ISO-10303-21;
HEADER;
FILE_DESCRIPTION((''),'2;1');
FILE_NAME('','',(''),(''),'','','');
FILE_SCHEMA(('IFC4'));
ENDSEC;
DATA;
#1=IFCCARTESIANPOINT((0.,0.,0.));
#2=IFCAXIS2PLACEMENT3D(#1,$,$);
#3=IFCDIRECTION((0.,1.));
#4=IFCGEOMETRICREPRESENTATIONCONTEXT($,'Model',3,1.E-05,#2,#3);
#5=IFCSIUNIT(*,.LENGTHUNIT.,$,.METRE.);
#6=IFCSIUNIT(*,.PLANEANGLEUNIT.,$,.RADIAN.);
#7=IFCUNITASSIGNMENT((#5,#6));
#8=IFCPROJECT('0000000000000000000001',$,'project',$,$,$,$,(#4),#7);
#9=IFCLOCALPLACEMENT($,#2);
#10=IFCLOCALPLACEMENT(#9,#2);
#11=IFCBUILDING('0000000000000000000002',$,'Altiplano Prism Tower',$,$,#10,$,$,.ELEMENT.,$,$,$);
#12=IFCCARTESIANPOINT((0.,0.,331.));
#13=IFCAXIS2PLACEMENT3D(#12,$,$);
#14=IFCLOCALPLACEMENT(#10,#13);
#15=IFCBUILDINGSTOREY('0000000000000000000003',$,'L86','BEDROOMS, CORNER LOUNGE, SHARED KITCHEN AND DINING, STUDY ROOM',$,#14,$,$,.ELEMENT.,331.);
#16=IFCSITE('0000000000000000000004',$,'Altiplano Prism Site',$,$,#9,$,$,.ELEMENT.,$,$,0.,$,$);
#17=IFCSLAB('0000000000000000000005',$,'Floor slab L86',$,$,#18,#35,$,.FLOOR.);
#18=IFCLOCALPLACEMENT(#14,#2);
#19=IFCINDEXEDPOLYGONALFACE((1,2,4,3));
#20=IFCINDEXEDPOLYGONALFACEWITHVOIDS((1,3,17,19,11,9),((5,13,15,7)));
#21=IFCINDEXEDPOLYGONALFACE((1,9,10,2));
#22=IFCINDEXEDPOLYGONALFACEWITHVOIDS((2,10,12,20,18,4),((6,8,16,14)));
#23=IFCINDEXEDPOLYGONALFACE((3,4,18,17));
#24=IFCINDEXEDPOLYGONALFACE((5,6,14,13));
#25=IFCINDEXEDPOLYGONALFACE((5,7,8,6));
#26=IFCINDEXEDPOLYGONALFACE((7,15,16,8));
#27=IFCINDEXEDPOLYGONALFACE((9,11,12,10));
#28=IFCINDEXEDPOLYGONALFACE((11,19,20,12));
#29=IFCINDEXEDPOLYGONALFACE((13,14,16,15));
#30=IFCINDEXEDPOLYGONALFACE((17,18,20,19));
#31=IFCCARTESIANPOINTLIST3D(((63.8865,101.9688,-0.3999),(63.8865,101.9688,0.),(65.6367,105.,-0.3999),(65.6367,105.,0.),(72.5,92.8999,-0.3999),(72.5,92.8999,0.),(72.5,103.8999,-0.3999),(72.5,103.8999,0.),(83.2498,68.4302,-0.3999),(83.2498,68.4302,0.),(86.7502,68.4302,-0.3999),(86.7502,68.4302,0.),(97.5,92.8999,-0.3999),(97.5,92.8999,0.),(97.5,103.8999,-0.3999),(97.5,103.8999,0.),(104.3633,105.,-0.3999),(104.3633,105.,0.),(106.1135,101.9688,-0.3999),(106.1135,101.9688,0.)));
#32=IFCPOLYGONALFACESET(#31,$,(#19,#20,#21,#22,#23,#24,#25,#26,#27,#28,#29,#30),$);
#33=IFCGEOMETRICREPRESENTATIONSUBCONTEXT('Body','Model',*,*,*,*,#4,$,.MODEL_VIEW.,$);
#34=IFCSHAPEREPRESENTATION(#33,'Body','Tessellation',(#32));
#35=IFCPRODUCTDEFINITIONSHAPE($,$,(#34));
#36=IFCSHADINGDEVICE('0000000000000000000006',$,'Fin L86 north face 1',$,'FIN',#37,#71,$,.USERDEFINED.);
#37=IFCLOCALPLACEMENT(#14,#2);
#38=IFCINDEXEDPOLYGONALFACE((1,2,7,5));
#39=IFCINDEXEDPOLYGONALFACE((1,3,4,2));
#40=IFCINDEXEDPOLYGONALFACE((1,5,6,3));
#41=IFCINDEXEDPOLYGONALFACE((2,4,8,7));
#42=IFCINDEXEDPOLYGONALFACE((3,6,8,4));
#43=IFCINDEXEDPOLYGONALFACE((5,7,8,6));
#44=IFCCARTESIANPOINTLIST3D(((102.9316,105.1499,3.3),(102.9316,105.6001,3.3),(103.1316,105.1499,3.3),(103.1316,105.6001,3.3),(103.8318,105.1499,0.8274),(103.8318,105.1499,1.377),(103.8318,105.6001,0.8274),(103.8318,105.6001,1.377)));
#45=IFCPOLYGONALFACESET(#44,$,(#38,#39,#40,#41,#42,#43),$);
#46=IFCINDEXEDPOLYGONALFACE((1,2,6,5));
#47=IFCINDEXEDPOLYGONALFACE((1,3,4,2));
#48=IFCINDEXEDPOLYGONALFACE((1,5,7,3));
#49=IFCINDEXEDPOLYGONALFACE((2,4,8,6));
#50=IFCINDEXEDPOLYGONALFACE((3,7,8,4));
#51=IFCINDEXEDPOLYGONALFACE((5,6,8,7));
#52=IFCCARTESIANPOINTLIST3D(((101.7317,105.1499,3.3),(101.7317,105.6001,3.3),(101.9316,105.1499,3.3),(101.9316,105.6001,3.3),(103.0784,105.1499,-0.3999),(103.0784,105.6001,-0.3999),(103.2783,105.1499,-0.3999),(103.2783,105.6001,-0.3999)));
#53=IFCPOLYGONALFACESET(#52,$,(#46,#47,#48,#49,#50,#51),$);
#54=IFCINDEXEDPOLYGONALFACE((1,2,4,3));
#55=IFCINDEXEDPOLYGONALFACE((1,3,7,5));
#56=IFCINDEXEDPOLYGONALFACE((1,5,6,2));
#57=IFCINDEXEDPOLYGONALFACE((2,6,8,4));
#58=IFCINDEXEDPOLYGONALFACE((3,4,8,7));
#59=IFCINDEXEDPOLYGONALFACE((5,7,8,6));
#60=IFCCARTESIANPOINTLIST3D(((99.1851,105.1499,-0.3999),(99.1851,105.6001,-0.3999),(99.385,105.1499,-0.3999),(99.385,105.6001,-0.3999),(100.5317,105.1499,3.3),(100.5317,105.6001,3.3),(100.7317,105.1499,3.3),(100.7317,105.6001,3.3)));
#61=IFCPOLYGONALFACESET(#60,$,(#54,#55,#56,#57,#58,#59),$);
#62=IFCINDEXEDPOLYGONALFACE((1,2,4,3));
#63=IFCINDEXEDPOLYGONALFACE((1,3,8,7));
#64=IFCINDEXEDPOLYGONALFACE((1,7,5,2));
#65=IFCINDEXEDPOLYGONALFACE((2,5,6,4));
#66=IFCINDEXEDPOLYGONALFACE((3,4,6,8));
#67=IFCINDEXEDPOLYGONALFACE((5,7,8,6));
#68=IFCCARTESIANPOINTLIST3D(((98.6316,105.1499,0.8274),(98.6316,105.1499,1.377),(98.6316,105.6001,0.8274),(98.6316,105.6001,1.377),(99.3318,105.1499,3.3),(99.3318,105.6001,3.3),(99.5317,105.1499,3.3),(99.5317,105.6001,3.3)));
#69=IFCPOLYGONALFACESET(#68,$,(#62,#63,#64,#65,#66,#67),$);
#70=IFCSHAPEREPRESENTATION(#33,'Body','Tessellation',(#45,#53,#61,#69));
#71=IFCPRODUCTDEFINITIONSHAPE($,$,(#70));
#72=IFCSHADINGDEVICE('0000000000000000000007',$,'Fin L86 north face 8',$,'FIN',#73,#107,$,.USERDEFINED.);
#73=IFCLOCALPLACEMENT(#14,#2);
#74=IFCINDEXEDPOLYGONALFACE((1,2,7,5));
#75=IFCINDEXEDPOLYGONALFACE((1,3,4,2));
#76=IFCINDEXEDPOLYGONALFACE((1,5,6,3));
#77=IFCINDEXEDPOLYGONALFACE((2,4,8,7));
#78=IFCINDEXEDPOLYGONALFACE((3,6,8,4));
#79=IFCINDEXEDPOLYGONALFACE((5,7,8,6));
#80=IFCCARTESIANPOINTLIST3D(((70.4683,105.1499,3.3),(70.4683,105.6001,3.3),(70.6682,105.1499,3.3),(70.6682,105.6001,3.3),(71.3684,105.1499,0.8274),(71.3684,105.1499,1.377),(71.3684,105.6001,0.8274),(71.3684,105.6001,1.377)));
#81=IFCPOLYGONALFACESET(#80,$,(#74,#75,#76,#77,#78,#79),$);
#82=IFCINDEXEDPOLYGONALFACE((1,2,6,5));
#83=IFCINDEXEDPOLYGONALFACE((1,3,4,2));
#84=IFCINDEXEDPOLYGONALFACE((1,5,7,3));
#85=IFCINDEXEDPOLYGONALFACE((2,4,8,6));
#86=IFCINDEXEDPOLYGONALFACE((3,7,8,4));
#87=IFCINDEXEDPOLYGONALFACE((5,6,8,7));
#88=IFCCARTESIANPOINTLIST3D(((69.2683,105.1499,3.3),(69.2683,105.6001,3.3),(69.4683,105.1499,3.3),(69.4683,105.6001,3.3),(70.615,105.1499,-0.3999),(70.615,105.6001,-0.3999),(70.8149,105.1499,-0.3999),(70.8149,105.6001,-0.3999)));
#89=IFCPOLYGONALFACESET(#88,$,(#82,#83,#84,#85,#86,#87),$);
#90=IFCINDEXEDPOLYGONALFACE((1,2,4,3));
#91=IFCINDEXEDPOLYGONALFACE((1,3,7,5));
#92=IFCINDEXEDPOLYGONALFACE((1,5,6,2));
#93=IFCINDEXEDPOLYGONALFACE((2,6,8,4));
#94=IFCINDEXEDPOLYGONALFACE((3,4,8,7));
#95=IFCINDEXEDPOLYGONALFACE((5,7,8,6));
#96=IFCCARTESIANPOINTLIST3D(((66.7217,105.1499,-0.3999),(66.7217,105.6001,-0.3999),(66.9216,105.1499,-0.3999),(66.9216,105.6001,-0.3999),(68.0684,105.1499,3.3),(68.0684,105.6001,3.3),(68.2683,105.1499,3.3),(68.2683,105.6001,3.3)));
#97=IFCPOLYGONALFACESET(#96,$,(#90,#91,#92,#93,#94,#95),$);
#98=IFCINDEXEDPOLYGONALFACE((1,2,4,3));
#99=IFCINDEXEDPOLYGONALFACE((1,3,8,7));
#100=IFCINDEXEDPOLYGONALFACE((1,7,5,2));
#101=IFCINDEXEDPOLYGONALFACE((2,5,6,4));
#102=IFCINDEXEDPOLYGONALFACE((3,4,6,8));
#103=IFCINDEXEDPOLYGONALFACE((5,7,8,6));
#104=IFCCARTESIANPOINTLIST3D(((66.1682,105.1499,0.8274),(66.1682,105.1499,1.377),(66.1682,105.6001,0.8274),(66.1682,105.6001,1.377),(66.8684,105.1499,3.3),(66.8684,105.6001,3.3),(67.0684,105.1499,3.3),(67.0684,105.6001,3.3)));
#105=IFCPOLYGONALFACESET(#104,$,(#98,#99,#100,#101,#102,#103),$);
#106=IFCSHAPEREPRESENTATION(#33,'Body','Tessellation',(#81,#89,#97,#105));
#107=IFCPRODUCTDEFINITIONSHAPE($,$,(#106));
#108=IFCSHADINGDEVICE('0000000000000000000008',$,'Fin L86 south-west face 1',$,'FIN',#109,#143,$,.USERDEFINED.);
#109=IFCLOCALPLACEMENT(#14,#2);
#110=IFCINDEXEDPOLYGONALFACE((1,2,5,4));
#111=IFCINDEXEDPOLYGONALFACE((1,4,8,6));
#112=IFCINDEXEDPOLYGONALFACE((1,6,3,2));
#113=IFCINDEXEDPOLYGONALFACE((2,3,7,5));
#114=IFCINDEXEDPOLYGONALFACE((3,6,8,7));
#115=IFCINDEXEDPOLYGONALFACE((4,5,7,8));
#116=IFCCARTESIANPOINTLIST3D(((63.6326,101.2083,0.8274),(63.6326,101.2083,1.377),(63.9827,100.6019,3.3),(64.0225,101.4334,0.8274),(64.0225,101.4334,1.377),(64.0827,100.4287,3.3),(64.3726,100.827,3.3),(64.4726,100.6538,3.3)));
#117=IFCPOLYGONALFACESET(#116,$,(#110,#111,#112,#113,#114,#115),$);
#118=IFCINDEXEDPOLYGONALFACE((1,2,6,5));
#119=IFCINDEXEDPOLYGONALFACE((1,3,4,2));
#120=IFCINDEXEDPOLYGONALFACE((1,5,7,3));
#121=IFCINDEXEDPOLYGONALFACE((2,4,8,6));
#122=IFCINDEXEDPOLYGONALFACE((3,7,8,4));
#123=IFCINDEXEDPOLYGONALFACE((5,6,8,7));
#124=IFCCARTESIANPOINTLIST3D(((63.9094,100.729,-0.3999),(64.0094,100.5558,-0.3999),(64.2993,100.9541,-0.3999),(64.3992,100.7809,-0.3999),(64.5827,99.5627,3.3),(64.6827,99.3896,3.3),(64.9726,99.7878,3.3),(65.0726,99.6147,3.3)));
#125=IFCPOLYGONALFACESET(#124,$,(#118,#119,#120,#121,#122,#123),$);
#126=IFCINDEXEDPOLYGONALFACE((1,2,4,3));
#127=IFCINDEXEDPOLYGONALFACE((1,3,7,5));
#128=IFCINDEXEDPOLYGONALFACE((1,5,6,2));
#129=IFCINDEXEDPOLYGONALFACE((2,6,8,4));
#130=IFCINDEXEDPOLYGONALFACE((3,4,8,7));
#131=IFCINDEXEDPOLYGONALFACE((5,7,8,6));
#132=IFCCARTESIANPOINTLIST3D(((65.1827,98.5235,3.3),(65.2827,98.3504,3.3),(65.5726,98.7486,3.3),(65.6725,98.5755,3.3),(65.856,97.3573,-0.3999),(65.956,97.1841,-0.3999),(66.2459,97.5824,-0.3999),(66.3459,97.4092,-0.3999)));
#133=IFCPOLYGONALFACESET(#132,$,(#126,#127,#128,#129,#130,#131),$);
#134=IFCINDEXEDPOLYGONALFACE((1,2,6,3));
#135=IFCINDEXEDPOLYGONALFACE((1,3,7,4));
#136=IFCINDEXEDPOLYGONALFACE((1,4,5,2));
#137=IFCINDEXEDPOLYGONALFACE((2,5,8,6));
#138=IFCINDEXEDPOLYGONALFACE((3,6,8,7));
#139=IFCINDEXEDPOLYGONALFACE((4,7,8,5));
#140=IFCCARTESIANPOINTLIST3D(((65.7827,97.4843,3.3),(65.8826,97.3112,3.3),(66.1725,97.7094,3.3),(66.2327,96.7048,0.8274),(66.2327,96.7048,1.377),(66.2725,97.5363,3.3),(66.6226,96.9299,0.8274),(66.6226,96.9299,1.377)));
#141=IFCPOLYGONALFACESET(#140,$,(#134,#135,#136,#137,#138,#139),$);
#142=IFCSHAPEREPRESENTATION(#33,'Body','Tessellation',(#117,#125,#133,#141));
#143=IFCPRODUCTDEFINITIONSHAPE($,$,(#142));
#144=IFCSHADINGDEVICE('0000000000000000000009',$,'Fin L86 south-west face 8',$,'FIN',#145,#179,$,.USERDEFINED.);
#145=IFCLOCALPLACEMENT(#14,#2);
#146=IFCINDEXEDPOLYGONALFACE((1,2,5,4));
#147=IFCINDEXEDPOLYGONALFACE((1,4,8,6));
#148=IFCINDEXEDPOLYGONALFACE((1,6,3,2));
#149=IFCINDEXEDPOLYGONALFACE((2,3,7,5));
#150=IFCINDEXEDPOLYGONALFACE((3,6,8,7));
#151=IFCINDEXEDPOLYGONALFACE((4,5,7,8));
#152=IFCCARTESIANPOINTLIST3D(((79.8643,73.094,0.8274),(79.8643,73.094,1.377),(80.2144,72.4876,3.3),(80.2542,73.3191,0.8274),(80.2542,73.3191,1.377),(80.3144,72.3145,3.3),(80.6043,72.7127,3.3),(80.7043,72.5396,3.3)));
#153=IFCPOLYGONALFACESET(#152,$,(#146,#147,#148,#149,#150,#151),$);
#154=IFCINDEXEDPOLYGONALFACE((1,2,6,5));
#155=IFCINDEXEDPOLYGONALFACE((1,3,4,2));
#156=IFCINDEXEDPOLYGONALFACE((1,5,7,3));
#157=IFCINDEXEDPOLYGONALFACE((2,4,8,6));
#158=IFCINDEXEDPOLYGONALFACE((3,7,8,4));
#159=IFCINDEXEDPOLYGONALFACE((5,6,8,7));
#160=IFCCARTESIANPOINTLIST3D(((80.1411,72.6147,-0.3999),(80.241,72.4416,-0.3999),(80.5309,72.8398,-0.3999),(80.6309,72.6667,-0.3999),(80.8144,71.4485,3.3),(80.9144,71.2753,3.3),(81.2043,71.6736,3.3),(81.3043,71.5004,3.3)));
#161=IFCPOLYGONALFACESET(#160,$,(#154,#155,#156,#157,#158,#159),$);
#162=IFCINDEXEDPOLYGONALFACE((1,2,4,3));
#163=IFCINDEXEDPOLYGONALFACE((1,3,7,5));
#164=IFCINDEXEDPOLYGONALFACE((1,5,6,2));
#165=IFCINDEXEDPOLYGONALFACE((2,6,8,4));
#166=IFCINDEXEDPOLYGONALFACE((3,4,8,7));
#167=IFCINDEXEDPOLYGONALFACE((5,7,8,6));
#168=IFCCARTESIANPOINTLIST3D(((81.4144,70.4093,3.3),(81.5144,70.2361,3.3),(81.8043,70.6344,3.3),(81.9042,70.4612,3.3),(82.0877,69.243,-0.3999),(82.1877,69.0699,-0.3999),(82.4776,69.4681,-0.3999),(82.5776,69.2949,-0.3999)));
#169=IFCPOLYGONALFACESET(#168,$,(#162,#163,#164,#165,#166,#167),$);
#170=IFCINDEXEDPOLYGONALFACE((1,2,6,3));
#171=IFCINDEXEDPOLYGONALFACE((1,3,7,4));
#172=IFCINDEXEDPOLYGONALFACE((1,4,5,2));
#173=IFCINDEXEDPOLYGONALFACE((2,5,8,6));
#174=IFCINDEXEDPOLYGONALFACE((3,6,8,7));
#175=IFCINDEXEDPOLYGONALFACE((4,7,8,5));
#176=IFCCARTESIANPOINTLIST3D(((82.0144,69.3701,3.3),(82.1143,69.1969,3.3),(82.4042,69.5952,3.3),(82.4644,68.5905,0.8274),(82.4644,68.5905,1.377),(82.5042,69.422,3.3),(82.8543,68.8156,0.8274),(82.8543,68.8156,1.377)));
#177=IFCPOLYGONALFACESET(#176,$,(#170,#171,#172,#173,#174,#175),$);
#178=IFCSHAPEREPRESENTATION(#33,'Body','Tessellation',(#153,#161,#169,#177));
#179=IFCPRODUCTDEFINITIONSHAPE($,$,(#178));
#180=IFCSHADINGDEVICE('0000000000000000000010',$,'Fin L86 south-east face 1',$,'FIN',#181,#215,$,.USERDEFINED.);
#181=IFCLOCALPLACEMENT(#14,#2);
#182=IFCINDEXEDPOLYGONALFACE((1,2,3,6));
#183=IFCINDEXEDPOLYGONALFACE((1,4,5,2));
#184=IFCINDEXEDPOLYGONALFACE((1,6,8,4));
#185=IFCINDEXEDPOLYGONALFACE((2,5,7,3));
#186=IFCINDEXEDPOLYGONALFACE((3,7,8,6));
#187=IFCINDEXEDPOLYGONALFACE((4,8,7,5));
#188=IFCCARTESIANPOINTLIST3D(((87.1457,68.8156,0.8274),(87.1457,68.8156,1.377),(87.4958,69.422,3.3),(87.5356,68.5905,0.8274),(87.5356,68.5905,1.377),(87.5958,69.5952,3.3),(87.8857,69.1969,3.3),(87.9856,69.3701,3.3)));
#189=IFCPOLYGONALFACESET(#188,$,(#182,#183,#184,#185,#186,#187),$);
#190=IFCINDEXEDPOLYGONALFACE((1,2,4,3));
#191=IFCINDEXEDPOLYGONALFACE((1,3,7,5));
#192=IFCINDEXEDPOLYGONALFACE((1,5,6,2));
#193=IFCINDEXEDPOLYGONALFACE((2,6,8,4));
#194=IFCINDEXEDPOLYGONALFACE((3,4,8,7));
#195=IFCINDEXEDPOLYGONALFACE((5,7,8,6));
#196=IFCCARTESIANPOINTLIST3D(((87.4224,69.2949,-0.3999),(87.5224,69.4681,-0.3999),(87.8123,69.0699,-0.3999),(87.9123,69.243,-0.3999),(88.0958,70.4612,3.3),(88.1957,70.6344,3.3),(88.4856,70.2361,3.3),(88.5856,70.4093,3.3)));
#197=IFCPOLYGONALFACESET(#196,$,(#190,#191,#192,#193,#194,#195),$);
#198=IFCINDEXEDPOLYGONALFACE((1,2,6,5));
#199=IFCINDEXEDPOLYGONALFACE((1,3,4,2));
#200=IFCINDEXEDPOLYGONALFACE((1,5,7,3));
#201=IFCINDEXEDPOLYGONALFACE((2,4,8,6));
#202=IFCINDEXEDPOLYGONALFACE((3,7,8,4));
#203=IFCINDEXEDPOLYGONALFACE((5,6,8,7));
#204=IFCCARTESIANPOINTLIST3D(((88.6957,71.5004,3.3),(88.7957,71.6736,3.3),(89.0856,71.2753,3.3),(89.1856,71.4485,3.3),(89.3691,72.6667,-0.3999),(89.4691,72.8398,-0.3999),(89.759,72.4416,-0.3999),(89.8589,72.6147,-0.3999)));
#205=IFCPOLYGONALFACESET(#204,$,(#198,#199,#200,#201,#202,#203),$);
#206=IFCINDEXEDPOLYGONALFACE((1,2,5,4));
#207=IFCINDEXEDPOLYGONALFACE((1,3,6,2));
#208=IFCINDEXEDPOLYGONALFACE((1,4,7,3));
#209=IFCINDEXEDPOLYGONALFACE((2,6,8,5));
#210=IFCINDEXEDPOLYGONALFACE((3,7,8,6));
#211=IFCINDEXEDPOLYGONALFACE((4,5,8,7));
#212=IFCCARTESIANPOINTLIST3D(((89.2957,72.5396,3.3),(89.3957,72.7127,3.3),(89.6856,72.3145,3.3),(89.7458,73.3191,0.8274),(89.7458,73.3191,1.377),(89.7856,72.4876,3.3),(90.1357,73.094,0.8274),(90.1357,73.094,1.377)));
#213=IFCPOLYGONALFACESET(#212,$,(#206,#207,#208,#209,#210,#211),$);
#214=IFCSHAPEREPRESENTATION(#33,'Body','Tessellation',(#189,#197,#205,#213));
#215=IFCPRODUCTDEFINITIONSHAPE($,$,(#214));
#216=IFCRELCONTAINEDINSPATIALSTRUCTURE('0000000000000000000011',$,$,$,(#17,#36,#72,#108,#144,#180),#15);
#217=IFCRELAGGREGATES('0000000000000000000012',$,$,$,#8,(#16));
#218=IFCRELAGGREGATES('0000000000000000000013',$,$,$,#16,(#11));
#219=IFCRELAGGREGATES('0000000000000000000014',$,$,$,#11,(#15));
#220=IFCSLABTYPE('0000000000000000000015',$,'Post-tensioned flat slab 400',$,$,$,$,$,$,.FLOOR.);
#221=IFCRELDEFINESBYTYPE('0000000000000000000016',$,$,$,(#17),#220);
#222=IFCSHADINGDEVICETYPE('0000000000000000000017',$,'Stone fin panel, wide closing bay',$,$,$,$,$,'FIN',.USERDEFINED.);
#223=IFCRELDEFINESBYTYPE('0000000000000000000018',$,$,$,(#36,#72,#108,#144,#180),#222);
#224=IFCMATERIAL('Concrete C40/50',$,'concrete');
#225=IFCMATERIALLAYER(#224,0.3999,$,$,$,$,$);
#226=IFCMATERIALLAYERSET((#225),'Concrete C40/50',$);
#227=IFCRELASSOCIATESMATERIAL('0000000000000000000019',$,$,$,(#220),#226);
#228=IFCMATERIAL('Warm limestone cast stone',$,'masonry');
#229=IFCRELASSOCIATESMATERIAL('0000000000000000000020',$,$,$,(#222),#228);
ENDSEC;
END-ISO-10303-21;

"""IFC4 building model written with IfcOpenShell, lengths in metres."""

from ifc_helpers import new_model, si_unit, direction, frame, origin, place, context, subcontext, project, spatial, polyline, outline, extrude, source, transform, mapped, material, layer, layer_set, type_object, element, save


model = new_model("IFC4")

# Units and contexts
model_context = context("Model", 3, precision=1e-05, world=origin(), true_north=direction((0.0, 1.0)))
body_context = subcontext(model_context, "Body", "Model", "MODEL_VIEW")
ifc_project = project(units=[si_unit("LENGTHUNIT", "METRE"), si_unit("PLANEANGLEUNIT", "RADIAN")], contexts=[model_context])

# Site, building, storey
site_placement = place(None, origin())
site = spatial("IfcSite", under=ifc_project, at=site_placement, Name="Altiplano Prism Site", CompositionType="ELEMENT", RefElevation=0.0)
building_placement = place(site_placement, origin())
building = spatial("IfcBuilding", under=site, at=building_placement, Name="Altiplano Prism Tower", CompositionType="ELEMENT")
storey_placement = place(building_placement, frame((0.0, 0.0, 331.0)))
storey = spatial("IfcBuildingStorey", under=building, at=storey_placement, Name="L86", Description="BEDROOMS, CORNER LOUNGE, SHARED KITCHEN AND DINING, STUDY ROOM", CompositionType="ELEMENT", Elevation=331.0)

# Slab
ifc_material_1 = material(Name="Concrete C40/50", Category="concrete")
ifc_layer = layer(ifc_material_1, 0.3999)
ifc_layer_set = layer_set([ifc_layer], Name="Concrete C40/50")
slab_type = type_object("IfcSlabType", Name="Post-tensioned flat slab 400", PredefinedType="FLOOR", material=ifc_layer_set)
slab_placement = place(storey_placement, frame((0.0, 0.0, -0.3999)))
element("IfcSlab", 1, at=slab_placement, inside=storey, type_object=slab_type, Name="Floor slab L86", PredefinedType="FLOOR", context=body_context, shape_type="SweptSolid", body=[
    extrude(outline(polyline([(106.1135, 101.9688), (86.7502, 68.4302), (83.2498, 68.4302), (63.8865, 101.9688), (65.6367, 105.0), (104.3633, 105.0), (106.1135, 101.9688)]), holes=[polyline([(97.5, 92.8999), (97.5, 103.8999), (72.5, 103.8999), (72.5, 92.8999), (97.5, 92.8999)])]), origin(), (0.0, 0.0, 1.0), 0.3999),
])

# Shading devices
ifc_material_2 = material(Name="Warm limestone cast stone", Category="masonry")
shading_device_type_1 = type_object("IfcShadingDeviceType", Name="Stone fin panel, wide closing bay", ElementType="FIN", PredefinedType="USERDEFINED", material=ifc_material_2)
shared_shape_1 = source(origin(), body_context, "Body", "SweptSolid", [
    extrude(outline(polyline([(-2.6001, 1.2273), (-1.7, 3.7), (-1.8999, 3.7), (-2.6001, 1.7769), (-2.6001, 1.2273)])), frame((0.0, -0.1499, 0.0), z_axis=(0.0, -1.0, 0.0), x_axis=(1.0, 0.0, 0.0)), (0.0, 0.0, 1.0), 0.4502),
    extrude(outline(polyline([(-2.0466, 0.0), (-1.8467, 0.0), (-0.5, 3.7), (-0.7, 3.7), (-2.0466, 0.0)])), frame((0.0, -0.1499, 0.0), z_axis=(0.0, -1.0, 0.0), x_axis=(1.0, 0.0, 0.0)), (0.0, 0.0, 1.0), 0.4502),
    extrude(outline(polyline([(1.8467, 0.0), (2.0466, 0.0), (0.7, 3.7), (0.5, 3.7), (1.8467, 0.0)])), frame((0.0, -0.1499, 0.0), z_axis=(0.0, -1.0, 0.0), x_axis=(1.0, 0.0, 0.0)), (0.0, 0.0, 1.0), 0.4502),
    extrude(outline(polyline([(2.6001, 1.7769), (1.8999, 3.7), (1.7, 3.7), (2.6001, 1.2273), (2.6001, 1.7769)])), frame((0.0, -0.1499, 0.0), z_axis=(0.0, -1.0, 0.0), x_axis=(1.0, 0.0, 0.0)), (0.0, 0.0, 1.0), 0.4502),
])
shading_device_1_placement = place(storey_placement, origin())
element("IfcShadingDevice", 2, at=shading_device_1_placement, inside=storey, type_object=shading_device_type_1, Name="Fin L86 north face 1", ObjectType="FIN", PredefinedType="USERDEFINED", context=body_context, shape_type="MappedRepresentation", body=[
    mapped(shared_shape_1, transform((101.2317, 105.0, -0.3999), x_axis=(-1.0, 0.0, 0.0), y_axis=(0.0, -1.0, 0.0), z_axis=(0.0, 0.0, 1.0))),
])
shading_device_2_placement = place(storey_placement, origin())
element("IfcShadingDevice", 3, at=shading_device_2_placement, inside=storey, type_object=shading_device_type_1, Name="Fin L86 north face 8", ObjectType="FIN", PredefinedType="USERDEFINED", context=body_context, shape_type="MappedRepresentation", body=[
    mapped(shared_shape_1, transform((68.7683, 105.0, -0.3999), x_axis=(-1.0, 0.0, 0.0), y_axis=(0.0, -1.0, 0.0), z_axis=(0.0, 0.0, 1.0))),
])
shading_device_3_placement = place(storey_placement, origin())
element("IfcShadingDevice", 4, at=shading_device_3_placement, inside=storey, type_object=shading_device_type_1, Name="Fin L86 south-west face 1", ObjectType="FIN", PredefinedType="USERDEFINED", context=body_context, shape_type="MappedRepresentation", body=[
    mapped(shared_shape_1, transform((65.4524, 99.2566, -0.3999), x_axis=(0.5, -0.866025, 0.0), y_axis=(0.866025, 0.5, 0.0), z_axis=(0.0, 0.0, 1.0))),
])
shading_device_4_placement = place(storey_placement, origin())
element("IfcShadingDevice", 5, at=shading_device_4_placement, inside=storey, type_object=shading_device_type_1, Name="Fin L86 south-west face 8", ObjectType="FIN", PredefinedType="USERDEFINED", context=body_context, shape_type="MappedRepresentation", body=[
    mapped(shared_shape_1, transform((81.6841, 71.1423, -0.3999), x_axis=(0.5, -0.866025, 0.0), y_axis=(0.866025, 0.5, 0.0), z_axis=(0.0, 0.0, 1.0))),
])
shading_device_5_placement = place(storey_placement, origin())
element("IfcShadingDevice", 6, at=shading_device_5_placement, inside=storey, type_object=shading_device_type_1, Name="Fin L86 south-east face 1", ObjectType="FIN", PredefinedType="USERDEFINED", context=body_context, shape_type="MappedRepresentation", body=[
    mapped(shared_shape_1, transform((88.3159, 71.1423, -0.3999), x_axis=(0.5, 0.866025, 0.0), y_axis=(-0.866025, 0.5, 0.0), z_axis=(0.0, 0.0, 1.0))),
])

save(model, "model.ifc")
